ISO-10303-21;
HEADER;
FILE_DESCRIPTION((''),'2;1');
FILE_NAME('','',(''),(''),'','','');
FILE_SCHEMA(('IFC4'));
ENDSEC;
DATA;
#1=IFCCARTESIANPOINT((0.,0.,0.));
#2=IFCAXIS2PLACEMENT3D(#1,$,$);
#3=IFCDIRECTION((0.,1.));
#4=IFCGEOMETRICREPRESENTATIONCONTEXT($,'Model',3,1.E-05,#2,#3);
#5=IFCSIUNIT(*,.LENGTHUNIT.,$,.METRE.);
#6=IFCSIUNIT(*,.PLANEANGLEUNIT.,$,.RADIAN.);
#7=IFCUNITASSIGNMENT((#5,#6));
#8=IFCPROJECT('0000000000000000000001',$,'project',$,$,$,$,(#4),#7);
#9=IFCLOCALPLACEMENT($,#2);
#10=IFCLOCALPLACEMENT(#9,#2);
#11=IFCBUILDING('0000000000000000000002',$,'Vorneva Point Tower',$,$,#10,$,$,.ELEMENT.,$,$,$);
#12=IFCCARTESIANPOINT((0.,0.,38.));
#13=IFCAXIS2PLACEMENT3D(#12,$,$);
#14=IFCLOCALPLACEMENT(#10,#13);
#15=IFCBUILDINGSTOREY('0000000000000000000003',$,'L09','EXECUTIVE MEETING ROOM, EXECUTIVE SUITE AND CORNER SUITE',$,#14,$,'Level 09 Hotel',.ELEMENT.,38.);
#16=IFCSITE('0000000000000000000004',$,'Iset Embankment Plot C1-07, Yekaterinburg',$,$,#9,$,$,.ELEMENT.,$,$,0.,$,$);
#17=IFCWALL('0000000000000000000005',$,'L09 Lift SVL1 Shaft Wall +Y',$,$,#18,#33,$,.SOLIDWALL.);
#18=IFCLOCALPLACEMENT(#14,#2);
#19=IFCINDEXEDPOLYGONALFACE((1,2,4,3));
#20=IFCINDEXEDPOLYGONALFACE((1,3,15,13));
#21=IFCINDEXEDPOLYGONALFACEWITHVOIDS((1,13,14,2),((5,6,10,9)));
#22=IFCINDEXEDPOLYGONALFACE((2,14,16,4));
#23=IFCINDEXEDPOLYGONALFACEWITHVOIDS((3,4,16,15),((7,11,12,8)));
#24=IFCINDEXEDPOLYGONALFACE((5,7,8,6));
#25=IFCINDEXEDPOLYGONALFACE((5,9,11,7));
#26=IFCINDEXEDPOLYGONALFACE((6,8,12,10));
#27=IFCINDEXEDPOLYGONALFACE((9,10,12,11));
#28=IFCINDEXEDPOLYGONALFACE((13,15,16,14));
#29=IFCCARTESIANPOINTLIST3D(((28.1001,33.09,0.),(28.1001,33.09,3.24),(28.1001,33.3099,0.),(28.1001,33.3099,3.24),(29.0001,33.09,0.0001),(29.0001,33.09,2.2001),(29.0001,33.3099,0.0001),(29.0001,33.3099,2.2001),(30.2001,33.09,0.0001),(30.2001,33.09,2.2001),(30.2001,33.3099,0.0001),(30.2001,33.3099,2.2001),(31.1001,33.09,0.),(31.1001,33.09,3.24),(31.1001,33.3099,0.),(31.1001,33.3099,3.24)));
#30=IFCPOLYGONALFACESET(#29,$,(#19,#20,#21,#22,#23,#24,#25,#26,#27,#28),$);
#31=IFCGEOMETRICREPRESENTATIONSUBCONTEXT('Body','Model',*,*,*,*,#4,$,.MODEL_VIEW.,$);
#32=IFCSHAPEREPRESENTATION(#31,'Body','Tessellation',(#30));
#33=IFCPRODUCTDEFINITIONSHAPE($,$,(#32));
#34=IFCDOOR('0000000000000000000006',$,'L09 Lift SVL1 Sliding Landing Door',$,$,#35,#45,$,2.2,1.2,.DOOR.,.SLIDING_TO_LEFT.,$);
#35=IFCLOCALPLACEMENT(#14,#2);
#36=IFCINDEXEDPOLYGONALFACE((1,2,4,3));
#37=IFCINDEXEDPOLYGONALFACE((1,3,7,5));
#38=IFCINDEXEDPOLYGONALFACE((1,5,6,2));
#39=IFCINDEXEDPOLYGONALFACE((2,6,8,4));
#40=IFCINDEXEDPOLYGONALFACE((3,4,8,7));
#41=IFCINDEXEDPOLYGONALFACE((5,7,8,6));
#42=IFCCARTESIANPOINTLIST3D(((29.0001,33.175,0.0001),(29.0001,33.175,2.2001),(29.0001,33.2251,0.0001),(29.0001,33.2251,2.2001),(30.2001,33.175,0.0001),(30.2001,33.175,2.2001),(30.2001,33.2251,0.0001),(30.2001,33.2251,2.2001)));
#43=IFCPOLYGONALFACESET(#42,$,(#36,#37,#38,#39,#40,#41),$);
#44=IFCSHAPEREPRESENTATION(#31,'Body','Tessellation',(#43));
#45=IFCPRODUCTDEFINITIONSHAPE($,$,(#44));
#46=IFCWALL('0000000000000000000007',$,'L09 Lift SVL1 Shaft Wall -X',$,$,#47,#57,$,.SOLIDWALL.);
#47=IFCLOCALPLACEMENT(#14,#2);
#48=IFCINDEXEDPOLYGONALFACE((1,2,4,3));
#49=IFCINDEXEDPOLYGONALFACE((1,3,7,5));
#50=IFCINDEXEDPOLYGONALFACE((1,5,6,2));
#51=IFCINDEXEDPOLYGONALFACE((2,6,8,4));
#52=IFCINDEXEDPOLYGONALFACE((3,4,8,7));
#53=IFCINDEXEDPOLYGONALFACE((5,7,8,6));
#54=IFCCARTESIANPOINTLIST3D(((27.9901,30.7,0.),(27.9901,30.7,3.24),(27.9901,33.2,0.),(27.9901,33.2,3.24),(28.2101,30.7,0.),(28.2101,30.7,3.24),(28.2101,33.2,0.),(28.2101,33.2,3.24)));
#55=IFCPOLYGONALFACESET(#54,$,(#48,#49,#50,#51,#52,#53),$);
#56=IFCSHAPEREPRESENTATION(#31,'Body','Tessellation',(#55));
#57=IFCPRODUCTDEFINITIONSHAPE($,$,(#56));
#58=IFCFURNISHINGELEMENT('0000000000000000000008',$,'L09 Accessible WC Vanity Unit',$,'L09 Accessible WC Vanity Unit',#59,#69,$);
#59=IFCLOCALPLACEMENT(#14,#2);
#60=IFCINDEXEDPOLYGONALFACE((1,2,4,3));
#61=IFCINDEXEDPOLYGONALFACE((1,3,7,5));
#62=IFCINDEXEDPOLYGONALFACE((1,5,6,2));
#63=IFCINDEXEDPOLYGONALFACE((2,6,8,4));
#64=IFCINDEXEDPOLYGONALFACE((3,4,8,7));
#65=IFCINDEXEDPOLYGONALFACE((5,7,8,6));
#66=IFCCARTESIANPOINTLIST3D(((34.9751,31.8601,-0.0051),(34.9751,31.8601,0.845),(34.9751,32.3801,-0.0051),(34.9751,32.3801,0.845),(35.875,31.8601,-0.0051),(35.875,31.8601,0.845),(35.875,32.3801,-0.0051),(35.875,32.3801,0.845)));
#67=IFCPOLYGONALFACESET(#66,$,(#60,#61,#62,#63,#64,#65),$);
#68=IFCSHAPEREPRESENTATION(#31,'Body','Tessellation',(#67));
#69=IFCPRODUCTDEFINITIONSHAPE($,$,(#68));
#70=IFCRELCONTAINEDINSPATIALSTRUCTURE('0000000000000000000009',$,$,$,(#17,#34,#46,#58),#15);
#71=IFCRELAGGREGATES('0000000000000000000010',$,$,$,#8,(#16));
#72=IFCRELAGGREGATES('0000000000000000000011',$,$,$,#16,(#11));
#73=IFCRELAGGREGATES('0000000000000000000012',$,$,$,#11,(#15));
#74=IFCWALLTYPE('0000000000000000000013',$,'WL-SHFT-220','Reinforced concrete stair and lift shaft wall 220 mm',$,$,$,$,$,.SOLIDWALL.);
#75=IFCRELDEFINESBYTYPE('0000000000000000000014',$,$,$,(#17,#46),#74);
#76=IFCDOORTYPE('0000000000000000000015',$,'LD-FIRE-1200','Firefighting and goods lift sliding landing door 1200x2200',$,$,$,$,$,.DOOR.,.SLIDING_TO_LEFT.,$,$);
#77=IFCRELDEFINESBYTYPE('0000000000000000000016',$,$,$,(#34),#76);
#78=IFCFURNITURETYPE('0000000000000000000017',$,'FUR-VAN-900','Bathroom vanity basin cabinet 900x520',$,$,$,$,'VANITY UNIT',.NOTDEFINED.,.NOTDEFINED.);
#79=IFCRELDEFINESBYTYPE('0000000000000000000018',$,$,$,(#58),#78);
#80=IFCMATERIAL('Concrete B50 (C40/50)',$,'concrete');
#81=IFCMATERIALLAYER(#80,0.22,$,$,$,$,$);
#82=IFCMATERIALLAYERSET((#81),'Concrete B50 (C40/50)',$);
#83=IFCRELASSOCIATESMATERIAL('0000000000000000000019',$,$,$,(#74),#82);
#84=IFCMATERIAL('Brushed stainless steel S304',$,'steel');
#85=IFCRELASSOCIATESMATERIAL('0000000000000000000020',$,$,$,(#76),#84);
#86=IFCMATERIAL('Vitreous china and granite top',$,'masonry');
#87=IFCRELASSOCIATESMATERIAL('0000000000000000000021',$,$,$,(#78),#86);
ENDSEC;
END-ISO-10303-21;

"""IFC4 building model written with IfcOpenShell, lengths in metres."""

from ifc_helpers import new_model, si_unit, direction, frame, frame_2d, origin, origin_2d, place, context, subcontext, project, spatial, rectangle, extrude, material, layer, layer_set, type_object, element, fill, save


model = new_model("IFC4")

# Units and contexts
model_context = context("Model", 3, precision=1e-05, world=origin(), true_north=direction((0.0, 1.0)))
body_context = subcontext(model_context, "Body", "Model", "MODEL_VIEW")
ifc_project = project(units=[si_unit("LENGTHUNIT", "METRE"), si_unit("PLANEANGLEUNIT", "RADIAN")], contexts=[model_context])

# Site, building, storey
site_placement = place(None, origin())
site = spatial("IfcSite", under=ifc_project, at=site_placement, Name="Iset Embankment Plot C1-07, Yekaterinburg", CompositionType="ELEMENT", RefElevation=0.0)
building_placement = place(site_placement, origin())
building = spatial("IfcBuilding", under=site, at=building_placement, Name="Vorneva Point Tower", CompositionType="ELEMENT")
storey_placement = place(building_placement, frame((0.0, 0.0, 38.0)))
storey = spatial("IfcBuildingStorey", under=building, at=storey_placement, Name="L09", Description="EXECUTIVE MEETING ROOM, EXECUTIVE SUITE AND CORNER SUITE", LongName="Level 09 Hotel", CompositionType="ELEMENT", Elevation=38.0)

# Wall, opening, door
ifc_material_1 = material(Name="Concrete B50 (C40/50)", Category="concrete")
ifc_layer_1 = layer(ifc_material_1, 0.22)
ifc_layer_set_1 = layer_set([ifc_layer_1], Name="Concrete B50 (C40/50)")
wall_type_1 = type_object("IfcWallType", Name="WL-SHFT-220", Description="Reinforced concrete stair and lift shaft wall 220 mm", PredefinedType="SOLIDWALL", material=ifc_layer_set_1)
wall_1_placement = place(storey_placement, frame((31.1001, 33.2, 0.0), z_axis=(0.0, 0.0, 1.0), x_axis=(-1.0, 0.0, 0.0)))
wall_1 = element("IfcWall", 1, at=wall_1_placement, inside=storey, type_object=wall_type_1, Name="L09 Lift SVL1 Shaft Wall +Y", PredefinedType="SOLIDWALL", context=body_context, shape_type="SweptSolid", body=[
    extrude(rectangle(XDim=3.0, YDim=0.22, at=frame_2d((1.5, 0.0))), origin(), (0.0, 0.0, 1.0), 3.24),
])
opening_1_placement = place(wall_1_placement, frame((0.8999, 0.0, 0.0)))
opening_1 = element("IfcOpeningElement", 2, at=opening_1_placement, cuts=wall_1, PredefinedType="OPENING", context=body_context, shape_type="SweptSolid", body=[
    extrude(rectangle(XDim=1.2, YDim=2.2, at=frame_2d((0.6001, 1.1001))), frame((0.0, 0.125, 0.0), z_axis=(0.0, -1.0, 0.0), x_axis=(1.0, 0.0, 0.0)), (0.0, 0.0, 1.0), 0.2498),
])
ifc_material_2 = material(Name="Brushed stainless steel S304", Category="steel")
door_type_1 = type_object("IfcDoorType", Name="LD-FIRE-1200", Description="Firefighting and goods lift sliding landing door 1200x2200", OperationType="SLIDING_TO_LEFT", PredefinedType="DOOR", material=ifc_material_2)
door_1_placement = place(opening_1_placement, origin())
door_1 = element("IfcDoor", 3, at=door_1_placement, inside=storey, type_object=door_type_1, Name="L09 Lift SVL1 Sliding Landing Door", OperationType="SLIDING_TO_LEFT", OverallHeight=2.2, OverallWidth=1.2, PredefinedType="DOOR", context=body_context, shape_type="SweptSolid", body=[
    extrude(rectangle(XDim=1.2, YDim=2.2, at=frame_2d((0.6001, 1.1001))), frame((0.0, 0.0249, 0.0), z_axis=(0.0, -1.0, 0.0), x_axis=(1.0, 0.0, 0.0)), (0.0, 0.0, 1.0), 0.05),
])
fill(opening_1, door_1)

# Wall
wall_2_placement = place(storey_placement, frame((28.1001, 33.2, 0.0), z_axis=(0.0, 0.0, 1.0), x_axis=(0.0, -1.0, 0.0)))
element("IfcWall", 4, at=wall_2_placement, inside=storey, type_object=wall_type_1, Name="L09 Lift SVL1 Shaft Wall -X", PredefinedType="SOLIDWALL", context=body_context, shape_type="SweptSolid", body=[
    extrude(rectangle(XDim=2.5, YDim=0.22, at=frame_2d((1.25, 0.0))), origin(), (0.0, 0.0, 1.0), 3.24),
])

# Furnishing element
ifc_material_3 = material(Name="Vitreous china and granite top", Category="masonry")
furniture_type = type_object("IfcFurnitureType", Name="FUR-VAN-900", Description="Bathroom vanity basin cabinet 900x520", ElementType="VANITY UNIT", AssemblyPlace="NOTDEFINED", PredefinedType="NOTDEFINED", material=ifc_material_3)
furnishing_placement = place(storey_placement, frame((35.425, 32.1201, -0.0051), z_axis=(0.0, 0.0, 1.0), x_axis=(1.0, 0.0, 0.0)))
element("IfcFurnishingElement", 5, at=furnishing_placement, inside=storey, type_object=furniture_type, Name="L09 Accessible WC Vanity Unit", ObjectType="L09 Accessible WC Vanity Unit", context=body_context, shape_type="SweptSolid", body=[
    extrude(rectangle(XDim=0.8999, YDim=0.52, at=origin_2d()), origin(), (0.0, 0.0, 1.0), 0.8501),
])

save(model, "model.ifc")
